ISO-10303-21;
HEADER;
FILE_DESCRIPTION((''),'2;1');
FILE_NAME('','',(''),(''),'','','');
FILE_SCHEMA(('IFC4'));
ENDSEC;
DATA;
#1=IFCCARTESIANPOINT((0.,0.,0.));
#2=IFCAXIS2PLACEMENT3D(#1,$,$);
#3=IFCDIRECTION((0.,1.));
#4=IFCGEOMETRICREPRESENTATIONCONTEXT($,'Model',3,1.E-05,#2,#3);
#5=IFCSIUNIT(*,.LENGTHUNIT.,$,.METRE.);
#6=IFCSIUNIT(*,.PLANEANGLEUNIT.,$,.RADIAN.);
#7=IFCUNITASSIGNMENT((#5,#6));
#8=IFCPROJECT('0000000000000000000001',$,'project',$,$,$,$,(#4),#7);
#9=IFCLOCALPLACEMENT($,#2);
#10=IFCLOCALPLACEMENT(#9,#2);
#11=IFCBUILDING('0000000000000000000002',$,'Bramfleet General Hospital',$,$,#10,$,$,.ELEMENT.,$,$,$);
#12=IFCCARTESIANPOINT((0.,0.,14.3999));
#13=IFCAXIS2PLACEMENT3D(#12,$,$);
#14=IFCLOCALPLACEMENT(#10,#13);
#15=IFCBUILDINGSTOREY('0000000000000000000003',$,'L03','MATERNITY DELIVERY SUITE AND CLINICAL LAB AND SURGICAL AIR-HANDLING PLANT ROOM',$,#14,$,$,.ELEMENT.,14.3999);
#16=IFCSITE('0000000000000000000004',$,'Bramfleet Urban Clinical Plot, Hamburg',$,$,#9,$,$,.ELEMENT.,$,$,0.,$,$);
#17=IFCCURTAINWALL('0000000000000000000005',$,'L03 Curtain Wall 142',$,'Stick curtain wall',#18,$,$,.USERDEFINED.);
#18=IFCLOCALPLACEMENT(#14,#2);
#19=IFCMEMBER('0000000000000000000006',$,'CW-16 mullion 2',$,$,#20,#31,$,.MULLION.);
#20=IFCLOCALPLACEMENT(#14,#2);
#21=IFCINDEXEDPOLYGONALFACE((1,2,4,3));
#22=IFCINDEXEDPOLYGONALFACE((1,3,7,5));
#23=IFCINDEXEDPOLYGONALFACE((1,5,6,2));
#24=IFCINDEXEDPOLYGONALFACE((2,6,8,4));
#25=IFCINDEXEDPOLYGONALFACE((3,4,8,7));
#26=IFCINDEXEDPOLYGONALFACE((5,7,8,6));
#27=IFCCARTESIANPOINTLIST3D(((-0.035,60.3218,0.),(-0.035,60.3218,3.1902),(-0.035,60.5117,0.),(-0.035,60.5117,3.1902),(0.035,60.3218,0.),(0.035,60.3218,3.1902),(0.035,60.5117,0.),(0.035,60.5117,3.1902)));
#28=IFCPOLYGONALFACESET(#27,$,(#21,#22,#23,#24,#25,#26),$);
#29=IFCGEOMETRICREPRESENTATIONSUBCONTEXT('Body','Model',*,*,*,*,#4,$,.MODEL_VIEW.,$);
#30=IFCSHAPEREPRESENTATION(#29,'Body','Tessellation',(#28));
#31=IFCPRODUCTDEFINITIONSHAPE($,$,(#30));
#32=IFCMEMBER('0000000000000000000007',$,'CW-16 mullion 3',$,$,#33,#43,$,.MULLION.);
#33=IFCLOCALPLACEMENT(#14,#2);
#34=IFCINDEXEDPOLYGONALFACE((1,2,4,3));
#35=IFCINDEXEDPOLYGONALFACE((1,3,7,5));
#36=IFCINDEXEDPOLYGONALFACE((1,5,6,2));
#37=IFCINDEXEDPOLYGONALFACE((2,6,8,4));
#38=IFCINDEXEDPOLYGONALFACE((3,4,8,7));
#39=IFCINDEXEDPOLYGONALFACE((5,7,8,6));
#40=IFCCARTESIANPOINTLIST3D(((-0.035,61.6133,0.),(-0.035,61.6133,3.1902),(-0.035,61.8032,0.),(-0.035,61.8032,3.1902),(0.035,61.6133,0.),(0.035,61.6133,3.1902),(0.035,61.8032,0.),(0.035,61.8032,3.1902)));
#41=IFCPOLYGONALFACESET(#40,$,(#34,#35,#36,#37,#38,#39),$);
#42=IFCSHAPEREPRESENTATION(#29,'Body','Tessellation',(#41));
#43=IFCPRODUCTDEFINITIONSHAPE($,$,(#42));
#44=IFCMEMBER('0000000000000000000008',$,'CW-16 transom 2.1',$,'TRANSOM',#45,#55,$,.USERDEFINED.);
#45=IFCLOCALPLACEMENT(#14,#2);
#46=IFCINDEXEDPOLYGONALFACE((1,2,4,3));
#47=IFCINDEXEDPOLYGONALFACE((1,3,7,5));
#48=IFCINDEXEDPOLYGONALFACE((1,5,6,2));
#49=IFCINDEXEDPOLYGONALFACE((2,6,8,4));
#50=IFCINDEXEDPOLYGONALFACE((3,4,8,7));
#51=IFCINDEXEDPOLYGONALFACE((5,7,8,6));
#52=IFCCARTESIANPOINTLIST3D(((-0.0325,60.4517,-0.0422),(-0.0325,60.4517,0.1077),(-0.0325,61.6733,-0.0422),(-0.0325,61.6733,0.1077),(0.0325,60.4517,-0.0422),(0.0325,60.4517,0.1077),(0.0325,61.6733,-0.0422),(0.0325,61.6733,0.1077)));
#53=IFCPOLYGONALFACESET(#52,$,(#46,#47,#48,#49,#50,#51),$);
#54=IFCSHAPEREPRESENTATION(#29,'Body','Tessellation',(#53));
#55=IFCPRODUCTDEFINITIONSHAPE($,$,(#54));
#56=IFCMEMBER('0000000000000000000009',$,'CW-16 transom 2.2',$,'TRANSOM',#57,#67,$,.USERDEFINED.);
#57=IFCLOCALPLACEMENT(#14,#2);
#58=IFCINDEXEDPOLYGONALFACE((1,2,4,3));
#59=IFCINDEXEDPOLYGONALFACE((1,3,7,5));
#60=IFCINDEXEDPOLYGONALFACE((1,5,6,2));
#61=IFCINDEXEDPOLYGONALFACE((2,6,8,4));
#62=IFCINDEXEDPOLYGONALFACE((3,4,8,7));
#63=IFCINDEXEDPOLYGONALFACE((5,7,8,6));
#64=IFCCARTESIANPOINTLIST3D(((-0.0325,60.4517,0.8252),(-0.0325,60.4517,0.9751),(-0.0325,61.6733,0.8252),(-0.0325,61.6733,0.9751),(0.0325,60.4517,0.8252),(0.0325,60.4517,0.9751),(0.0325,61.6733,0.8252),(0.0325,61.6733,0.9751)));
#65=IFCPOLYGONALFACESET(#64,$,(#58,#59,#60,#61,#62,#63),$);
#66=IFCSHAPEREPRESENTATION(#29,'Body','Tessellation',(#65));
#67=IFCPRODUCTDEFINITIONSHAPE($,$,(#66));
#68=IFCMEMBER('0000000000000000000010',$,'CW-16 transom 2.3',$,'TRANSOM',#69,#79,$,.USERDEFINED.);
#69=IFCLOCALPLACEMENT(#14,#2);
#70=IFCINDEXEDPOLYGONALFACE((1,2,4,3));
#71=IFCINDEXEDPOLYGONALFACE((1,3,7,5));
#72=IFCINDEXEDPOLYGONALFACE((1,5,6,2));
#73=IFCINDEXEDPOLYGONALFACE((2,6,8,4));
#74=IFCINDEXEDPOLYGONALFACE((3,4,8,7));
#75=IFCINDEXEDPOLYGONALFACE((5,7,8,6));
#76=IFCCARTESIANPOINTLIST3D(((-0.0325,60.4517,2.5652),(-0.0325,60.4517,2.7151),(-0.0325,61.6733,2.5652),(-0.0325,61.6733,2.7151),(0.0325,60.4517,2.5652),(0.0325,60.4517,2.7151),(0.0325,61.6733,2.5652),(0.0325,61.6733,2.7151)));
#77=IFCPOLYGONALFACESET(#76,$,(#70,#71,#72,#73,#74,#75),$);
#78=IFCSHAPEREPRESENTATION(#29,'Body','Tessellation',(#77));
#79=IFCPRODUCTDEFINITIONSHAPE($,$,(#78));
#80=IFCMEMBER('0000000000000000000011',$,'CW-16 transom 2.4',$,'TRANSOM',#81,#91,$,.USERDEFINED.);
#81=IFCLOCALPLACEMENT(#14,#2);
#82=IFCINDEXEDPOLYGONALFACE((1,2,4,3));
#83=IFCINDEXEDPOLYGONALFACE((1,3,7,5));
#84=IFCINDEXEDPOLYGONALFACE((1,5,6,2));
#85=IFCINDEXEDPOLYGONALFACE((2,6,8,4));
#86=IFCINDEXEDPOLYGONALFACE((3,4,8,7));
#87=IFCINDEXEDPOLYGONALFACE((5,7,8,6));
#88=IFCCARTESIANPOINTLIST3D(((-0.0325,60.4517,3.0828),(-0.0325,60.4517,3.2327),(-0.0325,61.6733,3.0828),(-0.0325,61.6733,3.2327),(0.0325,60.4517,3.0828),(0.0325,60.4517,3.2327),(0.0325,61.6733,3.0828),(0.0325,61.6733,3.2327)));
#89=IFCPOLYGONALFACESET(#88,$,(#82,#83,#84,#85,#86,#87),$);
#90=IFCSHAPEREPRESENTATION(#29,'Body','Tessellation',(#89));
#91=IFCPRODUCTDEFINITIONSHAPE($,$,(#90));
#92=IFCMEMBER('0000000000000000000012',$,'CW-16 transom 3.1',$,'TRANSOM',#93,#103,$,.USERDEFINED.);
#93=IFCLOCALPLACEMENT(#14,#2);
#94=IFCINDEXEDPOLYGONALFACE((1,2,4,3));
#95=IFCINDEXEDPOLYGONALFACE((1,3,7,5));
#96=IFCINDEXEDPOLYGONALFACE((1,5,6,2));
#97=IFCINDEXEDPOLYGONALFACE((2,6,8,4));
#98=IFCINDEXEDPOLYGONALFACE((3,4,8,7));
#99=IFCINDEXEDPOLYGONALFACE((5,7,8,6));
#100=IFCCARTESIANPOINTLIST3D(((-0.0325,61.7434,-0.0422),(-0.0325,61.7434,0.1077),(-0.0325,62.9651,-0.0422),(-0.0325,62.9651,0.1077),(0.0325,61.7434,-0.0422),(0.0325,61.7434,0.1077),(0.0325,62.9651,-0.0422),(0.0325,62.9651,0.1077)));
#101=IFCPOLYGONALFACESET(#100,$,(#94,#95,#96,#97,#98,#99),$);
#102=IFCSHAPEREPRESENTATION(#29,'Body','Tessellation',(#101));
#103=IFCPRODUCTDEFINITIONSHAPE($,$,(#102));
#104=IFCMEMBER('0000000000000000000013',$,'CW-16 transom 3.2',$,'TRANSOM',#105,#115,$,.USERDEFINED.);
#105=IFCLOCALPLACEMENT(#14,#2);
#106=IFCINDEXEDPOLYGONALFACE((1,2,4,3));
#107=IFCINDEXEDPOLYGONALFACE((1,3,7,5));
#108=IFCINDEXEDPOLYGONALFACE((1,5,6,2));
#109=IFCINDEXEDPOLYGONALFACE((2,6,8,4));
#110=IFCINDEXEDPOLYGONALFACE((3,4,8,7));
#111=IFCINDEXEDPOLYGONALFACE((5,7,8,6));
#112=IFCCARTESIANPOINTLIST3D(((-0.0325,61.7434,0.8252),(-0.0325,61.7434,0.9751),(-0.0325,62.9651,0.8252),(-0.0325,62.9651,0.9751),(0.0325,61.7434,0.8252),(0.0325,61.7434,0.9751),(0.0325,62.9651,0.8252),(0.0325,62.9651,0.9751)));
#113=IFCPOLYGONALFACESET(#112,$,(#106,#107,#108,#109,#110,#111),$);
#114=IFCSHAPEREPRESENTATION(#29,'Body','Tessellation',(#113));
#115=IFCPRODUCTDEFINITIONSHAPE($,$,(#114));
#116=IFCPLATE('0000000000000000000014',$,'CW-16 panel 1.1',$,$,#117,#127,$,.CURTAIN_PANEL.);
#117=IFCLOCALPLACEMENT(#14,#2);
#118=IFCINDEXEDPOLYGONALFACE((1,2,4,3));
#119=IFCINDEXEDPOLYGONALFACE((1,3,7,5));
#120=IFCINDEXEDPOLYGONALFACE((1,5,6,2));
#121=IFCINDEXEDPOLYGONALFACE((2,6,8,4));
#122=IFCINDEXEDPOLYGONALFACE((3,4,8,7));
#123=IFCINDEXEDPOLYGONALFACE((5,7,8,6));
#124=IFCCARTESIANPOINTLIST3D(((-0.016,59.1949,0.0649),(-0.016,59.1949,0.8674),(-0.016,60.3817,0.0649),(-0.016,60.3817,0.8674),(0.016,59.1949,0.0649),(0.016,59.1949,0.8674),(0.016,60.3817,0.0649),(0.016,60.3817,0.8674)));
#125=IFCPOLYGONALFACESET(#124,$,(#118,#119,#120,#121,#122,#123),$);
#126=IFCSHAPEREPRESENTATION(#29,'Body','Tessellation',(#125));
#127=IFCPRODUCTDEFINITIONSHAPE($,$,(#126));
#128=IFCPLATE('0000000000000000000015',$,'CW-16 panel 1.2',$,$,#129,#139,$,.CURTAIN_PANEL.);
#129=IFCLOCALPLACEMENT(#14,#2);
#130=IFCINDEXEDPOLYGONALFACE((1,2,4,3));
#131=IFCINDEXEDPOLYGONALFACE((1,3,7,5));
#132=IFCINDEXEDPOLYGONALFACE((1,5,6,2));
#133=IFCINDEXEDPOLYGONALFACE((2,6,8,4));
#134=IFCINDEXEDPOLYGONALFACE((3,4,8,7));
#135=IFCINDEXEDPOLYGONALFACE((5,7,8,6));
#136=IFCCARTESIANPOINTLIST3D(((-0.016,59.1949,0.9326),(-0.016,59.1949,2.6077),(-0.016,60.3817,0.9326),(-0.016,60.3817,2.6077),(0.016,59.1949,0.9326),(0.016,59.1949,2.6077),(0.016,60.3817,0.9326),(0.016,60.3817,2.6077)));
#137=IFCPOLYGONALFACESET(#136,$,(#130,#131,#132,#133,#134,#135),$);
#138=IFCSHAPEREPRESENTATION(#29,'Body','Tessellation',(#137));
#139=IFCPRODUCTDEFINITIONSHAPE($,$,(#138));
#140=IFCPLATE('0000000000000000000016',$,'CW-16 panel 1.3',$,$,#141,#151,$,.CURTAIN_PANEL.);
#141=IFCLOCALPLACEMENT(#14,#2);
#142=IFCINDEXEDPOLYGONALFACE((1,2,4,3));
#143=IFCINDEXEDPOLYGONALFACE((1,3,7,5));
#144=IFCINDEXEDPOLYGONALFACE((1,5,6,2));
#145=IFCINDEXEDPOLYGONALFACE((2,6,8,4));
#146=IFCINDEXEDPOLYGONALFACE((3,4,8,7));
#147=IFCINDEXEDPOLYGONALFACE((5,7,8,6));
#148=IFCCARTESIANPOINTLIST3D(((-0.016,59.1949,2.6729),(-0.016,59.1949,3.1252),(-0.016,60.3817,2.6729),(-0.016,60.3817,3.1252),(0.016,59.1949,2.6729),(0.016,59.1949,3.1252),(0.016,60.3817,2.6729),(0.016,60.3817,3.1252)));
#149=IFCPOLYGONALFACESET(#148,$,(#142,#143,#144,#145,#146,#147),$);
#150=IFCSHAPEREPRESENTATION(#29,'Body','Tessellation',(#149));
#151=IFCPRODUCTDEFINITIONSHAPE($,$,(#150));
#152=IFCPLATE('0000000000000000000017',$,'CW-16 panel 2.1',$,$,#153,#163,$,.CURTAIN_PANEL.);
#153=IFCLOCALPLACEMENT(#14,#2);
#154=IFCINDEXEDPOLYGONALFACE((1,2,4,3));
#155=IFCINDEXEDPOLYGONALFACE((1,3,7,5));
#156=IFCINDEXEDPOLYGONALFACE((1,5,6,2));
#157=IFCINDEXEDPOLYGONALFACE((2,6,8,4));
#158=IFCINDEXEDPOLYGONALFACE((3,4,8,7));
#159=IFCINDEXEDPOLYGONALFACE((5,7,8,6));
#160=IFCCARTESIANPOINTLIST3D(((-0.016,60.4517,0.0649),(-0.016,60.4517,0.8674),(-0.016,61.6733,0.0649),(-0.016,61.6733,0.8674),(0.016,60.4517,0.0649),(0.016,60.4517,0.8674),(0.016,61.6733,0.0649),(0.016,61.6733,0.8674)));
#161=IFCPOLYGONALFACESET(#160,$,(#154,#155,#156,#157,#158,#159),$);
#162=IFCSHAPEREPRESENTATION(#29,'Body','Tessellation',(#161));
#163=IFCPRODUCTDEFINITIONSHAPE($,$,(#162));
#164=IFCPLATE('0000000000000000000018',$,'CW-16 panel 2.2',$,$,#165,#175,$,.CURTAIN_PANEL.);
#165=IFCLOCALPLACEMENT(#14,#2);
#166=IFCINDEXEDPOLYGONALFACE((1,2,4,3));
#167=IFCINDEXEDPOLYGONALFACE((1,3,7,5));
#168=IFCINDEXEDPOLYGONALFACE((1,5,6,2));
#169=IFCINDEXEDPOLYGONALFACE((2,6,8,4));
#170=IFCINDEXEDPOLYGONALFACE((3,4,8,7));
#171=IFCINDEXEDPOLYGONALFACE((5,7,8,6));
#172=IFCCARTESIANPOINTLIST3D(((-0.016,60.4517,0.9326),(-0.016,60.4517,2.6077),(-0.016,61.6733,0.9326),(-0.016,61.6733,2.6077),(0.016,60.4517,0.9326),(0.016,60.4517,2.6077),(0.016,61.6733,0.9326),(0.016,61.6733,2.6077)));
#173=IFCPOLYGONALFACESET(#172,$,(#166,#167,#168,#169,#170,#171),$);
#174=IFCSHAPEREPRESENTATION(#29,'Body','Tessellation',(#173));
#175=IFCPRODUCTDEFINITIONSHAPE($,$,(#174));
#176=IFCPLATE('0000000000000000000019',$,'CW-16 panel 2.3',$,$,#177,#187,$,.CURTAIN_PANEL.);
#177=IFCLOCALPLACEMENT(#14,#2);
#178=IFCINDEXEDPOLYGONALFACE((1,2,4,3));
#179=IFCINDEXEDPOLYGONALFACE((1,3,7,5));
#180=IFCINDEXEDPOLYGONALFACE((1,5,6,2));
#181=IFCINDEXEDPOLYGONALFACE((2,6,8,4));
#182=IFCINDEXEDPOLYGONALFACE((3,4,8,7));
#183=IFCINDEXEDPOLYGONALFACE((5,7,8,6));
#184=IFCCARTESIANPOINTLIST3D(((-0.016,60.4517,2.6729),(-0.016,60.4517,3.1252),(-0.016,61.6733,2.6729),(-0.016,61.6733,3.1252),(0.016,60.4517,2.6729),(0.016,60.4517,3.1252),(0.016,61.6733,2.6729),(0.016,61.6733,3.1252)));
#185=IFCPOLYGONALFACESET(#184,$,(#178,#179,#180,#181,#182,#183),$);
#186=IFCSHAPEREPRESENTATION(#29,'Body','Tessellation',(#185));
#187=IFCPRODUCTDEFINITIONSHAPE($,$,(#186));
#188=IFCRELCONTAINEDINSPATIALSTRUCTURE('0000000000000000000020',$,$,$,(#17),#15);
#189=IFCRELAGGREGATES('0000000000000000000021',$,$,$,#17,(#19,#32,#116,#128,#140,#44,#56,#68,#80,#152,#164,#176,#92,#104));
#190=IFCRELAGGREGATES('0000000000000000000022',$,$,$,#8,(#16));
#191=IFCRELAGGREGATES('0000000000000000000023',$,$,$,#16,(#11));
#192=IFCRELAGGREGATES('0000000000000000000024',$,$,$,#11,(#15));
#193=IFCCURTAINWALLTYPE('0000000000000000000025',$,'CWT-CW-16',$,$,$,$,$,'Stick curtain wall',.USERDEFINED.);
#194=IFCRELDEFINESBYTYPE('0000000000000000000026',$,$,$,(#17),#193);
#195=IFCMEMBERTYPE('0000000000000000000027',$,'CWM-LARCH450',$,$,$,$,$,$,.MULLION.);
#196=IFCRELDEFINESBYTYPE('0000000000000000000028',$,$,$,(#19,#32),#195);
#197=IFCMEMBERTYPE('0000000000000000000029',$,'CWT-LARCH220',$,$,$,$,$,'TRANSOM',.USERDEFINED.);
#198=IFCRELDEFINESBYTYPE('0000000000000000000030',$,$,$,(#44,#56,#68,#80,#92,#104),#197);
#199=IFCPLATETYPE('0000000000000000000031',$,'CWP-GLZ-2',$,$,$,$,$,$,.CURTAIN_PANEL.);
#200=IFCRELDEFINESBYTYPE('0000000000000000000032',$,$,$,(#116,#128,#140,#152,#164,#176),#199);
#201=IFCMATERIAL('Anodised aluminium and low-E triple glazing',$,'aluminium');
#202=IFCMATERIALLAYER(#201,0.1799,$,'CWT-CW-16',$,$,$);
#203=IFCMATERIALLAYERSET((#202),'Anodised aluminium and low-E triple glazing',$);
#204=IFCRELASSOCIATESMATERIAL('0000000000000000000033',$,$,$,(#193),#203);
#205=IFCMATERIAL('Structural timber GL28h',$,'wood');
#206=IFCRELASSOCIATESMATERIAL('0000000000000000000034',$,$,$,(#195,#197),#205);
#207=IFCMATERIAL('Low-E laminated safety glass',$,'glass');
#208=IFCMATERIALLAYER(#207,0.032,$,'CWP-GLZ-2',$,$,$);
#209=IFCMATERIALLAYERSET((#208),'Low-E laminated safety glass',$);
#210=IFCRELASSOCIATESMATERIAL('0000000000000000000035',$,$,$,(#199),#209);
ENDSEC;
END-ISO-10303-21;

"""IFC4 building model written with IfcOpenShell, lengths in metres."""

from ifc_helpers import new_model, si_unit, direction, frame, origin, origin_2d, place, context, subcontext, project, spatial, rectangle, extrude, material, layer, layer_set, material_profile, profile_set, type_object, element, aggregate, save


model = new_model("IFC4")

# Units and contexts
model_context = context("Model", 3, precision=1e-05, world=origin(), true_north=direction((0.0, 1.0)))
body_context = subcontext(model_context, "Body", "Model", "MODEL_VIEW")
ifc_project = project(units=[si_unit("LENGTHUNIT", "METRE"), si_unit("PLANEANGLEUNIT", "RADIAN")], contexts=[model_context])

# Site, building, storey
site_placement = place(None, origin())
site = spatial("IfcSite", under=ifc_project, at=site_placement, Name="Bramfleet Urban Clinical Plot, Hamburg", CompositionType="ELEMENT", RefElevation=0.0)
building_placement = place(site_placement, origin())
building = spatial("IfcBuilding", under=site, at=building_placement, Name="Bramfleet General Hospital", CompositionType="ELEMENT")
storey_placement = place(building_placement, frame((0.0, 0.0, 14.3999)))
storey = spatial("IfcBuildingStorey", under=building, at=storey_placement, Name="L03", Description="MATERNITY DELIVERY SUITE AND CLINICAL LAB AND SURGICAL AIR-HANDLING PLANT ROOM", CompositionType="ELEMENT", Elevation=14.3999)

# Curtain wall, members, plates
ifc_material_1 = material(Name="Anodised aluminium and low-E triple glazing", Category="aluminium")
ifc_layer_1 = layer(ifc_material_1, 0.1799, Name="CWT-CW-16")
ifc_layer_set_1 = layer_set([ifc_layer_1], Name="Anodised aluminium and low-E triple glazing")
curtain_wall_type = type_object("IfcCurtainWallType", Name="CWT-CW-16", ElementType="Stick curtain wall", PredefinedType="USERDEFINED", material=ifc_layer_set_1)
curtain_wall_placement = place(storey_placement, origin())
curtain_wall = element("IfcCurtainWall", 1, at=curtain_wall_placement, inside=storey, type_object=curtain_wall_type, Name="L03 Curtain Wall 142", ObjectType="Stick curtain wall", PredefinedType="USERDEFINED")
ifc_material_2 = material(Name="Structural timber GL28h", Category="wood")
ifc_material_profile_1 = material_profile(ifc_material_2, rectangle(XDim=0.0701, YDim=0.1899, at=origin_2d()), Name="LARCH 190x70")
ifc_profile_set_1 = profile_set([ifc_material_profile_1], Name="Structural timber GL28h")
member_type_1 = type_object("IfcMemberType", Name="CWM-LARCH450", PredefinedType="MULLION", material=ifc_profile_set_1)
member_1_placement = place(storey_placement, frame((0.0, 60.4167, 0.0), z_axis=(0.0, 0.0, 1.0), x_axis=(-1.0, 0.0, 0.0)))
member_1 = element("IfcMember", 2, at=member_1_placement, type_object=member_type_1, Name="CW-16 mullion 2", PredefinedType="MULLION", context=body_context, shape_type="SweptSolid", body=[
    extrude(rectangle(XDim=0.0701, YDim=0.1899, at=origin_2d()), origin(), (0.0, 0.0, 1.0), 3.1902),
])
member_2_placement = place(storey_placement, frame((0.0, 61.7083, 0.0), z_axis=(0.0, 0.0, 1.0), x_axis=(-1.0, 0.0, 0.0)))
member_2 = element("IfcMember", 3, at=member_2_placement, type_object=member_type_1, Name="CW-16 mullion 3", PredefinedType="MULLION", context=body_context, shape_type="SweptSolid", body=[
    extrude(rectangle(XDim=0.0701, YDim=0.1899, at=origin_2d()), origin(), (0.0, 0.0, 1.0), 3.1902),
])
ifc_material_profile_2 = material_profile(ifc_material_2, rectangle(XDim=0.0649, YDim=0.1499, at=origin_2d()), Name="LARCH 150x65")
ifc_profile_set_2 = profile_set([ifc_material_profile_2], Name="Structural timber GL28h")
member_type_2 = type_object("IfcMemberType", Name="CWT-LARCH220", ElementType="TRANSOM", PredefinedType="USERDEFINED", material=ifc_profile_set_2)
member_3_placement = place(storey_placement, frame((0.0, 60.4517, 0.0327), z_axis=(0.0, 1.0, 0.0), x_axis=(-1.0, 0.0, 0.0)))
member_3 = element("IfcMember", 4, at=member_3_placement, type_object=member_type_2, Name="CW-16 transom 2.1", ObjectType="TRANSOM", PredefinedType="USERDEFINED", context=body_context, shape_type="SweptSolid", body=[
    extrude(rectangle(XDim=0.0649, YDim=0.1499, at=origin_2d()), origin(), (0.0, 0.0, 1.0), 1.2217),
])
member_4_placement = place(storey_placement, frame((0.0, 60.4517, 0.9001), z_axis=(0.0, 1.0, 0.0), x_axis=(-1.0, 0.0, 0.0)))
member_4 = element("IfcMember", 5, at=member_4_placement, type_object=member_type_2, Name="CW-16 transom 2.2", ObjectType="TRANSOM", PredefinedType="USERDEFINED", context=body_context, shape_type="SweptSolid", body=[
    extrude(rectangle(XDim=0.0649, YDim=0.1499, at=origin_2d()), origin(), (0.0, 0.0, 1.0), 1.2217),
])
member_5_placement = place(storey_placement, frame((0.0, 60.4517, 2.6401), z_axis=(0.0, 1.0, 0.0), x_axis=(-1.0, 0.0, 0.0)))
member_5 = element("IfcMember", 6, at=member_5_placement, type_object=member_type_2, Name="CW-16 transom 2.3", ObjectType="TRANSOM", PredefinedType="USERDEFINED", context=body_context, shape_type="SweptSolid", body=[
    extrude(rectangle(XDim=0.0649, YDim=0.1499, at=origin_2d()), origin(), (0.0, 0.0, 1.0), 1.2217),
])
member_6_placement = place(storey_placement, frame((0.0, 60.4517, 3.1577), z_axis=(0.0, 1.0, 0.0), x_axis=(-1.0, 0.0, 0.0)))
member_6 = element("IfcMember", 7, at=member_6_placement, type_object=member_type_2, Name="CW-16 transom 2.4", ObjectType="TRANSOM", PredefinedType="USERDEFINED", context=body_context, shape_type="SweptSolid", body=[
    extrude(rectangle(XDim=0.0649, YDim=0.1499, at=origin_2d()), origin(), (0.0, 0.0, 1.0), 1.2217),
])
member_7_placement = place(storey_placement, frame((0.0, 61.7434, 0.0327), z_axis=(0.0, 1.0, 0.0), x_axis=(-1.0, 0.0, 0.0)))
member_7 = element("IfcMember", 8, at=member_7_placement, type_object=member_type_2, Name="CW-16 transom 3.1", ObjectType="TRANSOM", PredefinedType="USERDEFINED", context=body_context, shape_type="SweptSolid", body=[
    extrude(rectangle(XDim=0.0649, YDim=0.1499, at=origin_2d()), origin(), (0.0, 0.0, 1.0), 1.2217),
])
member_8_placement = place(storey_placement, frame((0.0, 61.7434, 0.9001), z_axis=(0.0, 1.0, 0.0), x_axis=(-1.0, 0.0, 0.0)))
member_8 = element("IfcMember", 9, at=member_8_placement, type_object=member_type_2, Name="CW-16 transom 3.2", ObjectType="TRANSOM", PredefinedType="USERDEFINED", context=body_context, shape_type="SweptSolid", body=[
    extrude(rectangle(XDim=0.0649, YDim=0.1499, at=origin_2d()), origin(), (0.0, 0.0, 1.0), 1.2217),
])
ifc_material_3 = material(Name="Low-E laminated safety glass", Category="glass")
ifc_layer_2 = layer(ifc_material_3, 0.032, Name="CWP-GLZ-2")
ifc_layer_set_2 = layer_set([ifc_layer_2], Name="Low-E laminated safety glass")
plate_type = type_object("IfcPlateType", Name="CWP-GLZ-2", PredefinedType="CURTAIN_PANEL", material=ifc_layer_set_2)
plate_1_placement = place(storey_placement, frame((0.0, 59.7883, 0.0649), z_axis=(0.0, 0.0, 1.0), x_axis=(0.0, 1.0, 0.0)))
plate_1 = element("IfcPlate", 10, at=plate_1_placement, type_object=plate_type, Name="CW-16 panel 1.1", PredefinedType="CURTAIN_PANEL", context=body_context, shape_type="SweptSolid", body=[
    extrude(rectangle(XDim=1.1868, YDim=0.032, at=origin_2d()), origin(), (0.0, 0.0, 1.0), 0.8025),
])
plate_2_placement = place(storey_placement, frame((0.0, 59.7883, 0.9326), z_axis=(0.0, 0.0, 1.0), x_axis=(0.0, 1.0, 0.0)))
plate_2 = element("IfcPlate", 11, at=plate_2_placement, type_object=plate_type, Name="CW-16 panel 1.2", PredefinedType="CURTAIN_PANEL", context=body_context, shape_type="SweptSolid", body=[
    extrude(rectangle(XDim=1.1868, YDim=0.032, at=origin_2d()), origin(), (0.0, 0.0, 1.0), 1.675),
])
plate_3_placement = place(storey_placement, frame((0.0, 59.7883, 2.6729), z_axis=(0.0, 0.0, 1.0), x_axis=(0.0, 1.0, 0.0)))
plate_3 = element("IfcPlate", 12, at=plate_3_placement, type_object=plate_type, Name="CW-16 panel 1.3", PredefinedType="CURTAIN_PANEL", context=body_context, shape_type="SweptSolid", body=[
    extrude(rectangle(XDim=1.1868, YDim=0.032, at=origin_2d()), origin(), (0.0, 0.0, 1.0), 0.4524),
])
plate_4_placement = place(storey_placement, frame((0.0, 61.0625, 0.0649), z_axis=(0.0, 0.0, 1.0), x_axis=(0.0, 1.0, 0.0)))
plate_4 = element("IfcPlate", 13, at=plate_4_placement, type_object=plate_type, Name="CW-16 panel 2.1", PredefinedType="CURTAIN_PANEL", context=body_context, shape_type="SweptSolid", body=[
    extrude(rectangle(XDim=1.2217, YDim=0.032, at=origin_2d()), origin(), (0.0, 0.0, 1.0), 0.8025),
])
plate_5_placement = place(storey_placement, frame((0.0, 61.0625, 0.9326), z_axis=(0.0, 0.0, 1.0), x_axis=(0.0, 1.0, 0.0)))
plate_5 = element("IfcPlate", 14, at=plate_5_placement, type_object=plate_type, Name="CW-16 panel 2.2", PredefinedType="CURTAIN_PANEL", context=body_context, shape_type="SweptSolid", body=[
    extrude(rectangle(XDim=1.2217, YDim=0.032, at=origin_2d()), origin(), (0.0, 0.0, 1.0), 1.675),
])
plate_6_placement = place(storey_placement, frame((0.0, 61.0625, 2.6729), z_axis=(0.0, 0.0, 1.0), x_axis=(0.0, 1.0, 0.0)))
plate_6 = element("IfcPlate", 15, at=plate_6_placement, type_object=plate_type, Name="CW-16 panel 2.3", PredefinedType="CURTAIN_PANEL", context=body_context, shape_type="SweptSolid", body=[
    extrude(rectangle(XDim=1.2217, YDim=0.032, at=origin_2d()), origin(), (0.0, 0.0, 1.0), 0.4524),
])
aggregate(curtain_wall, [member_1, member_2, plate_1, plate_2, plate_3, member_3, member_4, member_5, member_6, plate_4, plate_5, plate_6, member_7, member_8])

save(model, "model.ifc")
